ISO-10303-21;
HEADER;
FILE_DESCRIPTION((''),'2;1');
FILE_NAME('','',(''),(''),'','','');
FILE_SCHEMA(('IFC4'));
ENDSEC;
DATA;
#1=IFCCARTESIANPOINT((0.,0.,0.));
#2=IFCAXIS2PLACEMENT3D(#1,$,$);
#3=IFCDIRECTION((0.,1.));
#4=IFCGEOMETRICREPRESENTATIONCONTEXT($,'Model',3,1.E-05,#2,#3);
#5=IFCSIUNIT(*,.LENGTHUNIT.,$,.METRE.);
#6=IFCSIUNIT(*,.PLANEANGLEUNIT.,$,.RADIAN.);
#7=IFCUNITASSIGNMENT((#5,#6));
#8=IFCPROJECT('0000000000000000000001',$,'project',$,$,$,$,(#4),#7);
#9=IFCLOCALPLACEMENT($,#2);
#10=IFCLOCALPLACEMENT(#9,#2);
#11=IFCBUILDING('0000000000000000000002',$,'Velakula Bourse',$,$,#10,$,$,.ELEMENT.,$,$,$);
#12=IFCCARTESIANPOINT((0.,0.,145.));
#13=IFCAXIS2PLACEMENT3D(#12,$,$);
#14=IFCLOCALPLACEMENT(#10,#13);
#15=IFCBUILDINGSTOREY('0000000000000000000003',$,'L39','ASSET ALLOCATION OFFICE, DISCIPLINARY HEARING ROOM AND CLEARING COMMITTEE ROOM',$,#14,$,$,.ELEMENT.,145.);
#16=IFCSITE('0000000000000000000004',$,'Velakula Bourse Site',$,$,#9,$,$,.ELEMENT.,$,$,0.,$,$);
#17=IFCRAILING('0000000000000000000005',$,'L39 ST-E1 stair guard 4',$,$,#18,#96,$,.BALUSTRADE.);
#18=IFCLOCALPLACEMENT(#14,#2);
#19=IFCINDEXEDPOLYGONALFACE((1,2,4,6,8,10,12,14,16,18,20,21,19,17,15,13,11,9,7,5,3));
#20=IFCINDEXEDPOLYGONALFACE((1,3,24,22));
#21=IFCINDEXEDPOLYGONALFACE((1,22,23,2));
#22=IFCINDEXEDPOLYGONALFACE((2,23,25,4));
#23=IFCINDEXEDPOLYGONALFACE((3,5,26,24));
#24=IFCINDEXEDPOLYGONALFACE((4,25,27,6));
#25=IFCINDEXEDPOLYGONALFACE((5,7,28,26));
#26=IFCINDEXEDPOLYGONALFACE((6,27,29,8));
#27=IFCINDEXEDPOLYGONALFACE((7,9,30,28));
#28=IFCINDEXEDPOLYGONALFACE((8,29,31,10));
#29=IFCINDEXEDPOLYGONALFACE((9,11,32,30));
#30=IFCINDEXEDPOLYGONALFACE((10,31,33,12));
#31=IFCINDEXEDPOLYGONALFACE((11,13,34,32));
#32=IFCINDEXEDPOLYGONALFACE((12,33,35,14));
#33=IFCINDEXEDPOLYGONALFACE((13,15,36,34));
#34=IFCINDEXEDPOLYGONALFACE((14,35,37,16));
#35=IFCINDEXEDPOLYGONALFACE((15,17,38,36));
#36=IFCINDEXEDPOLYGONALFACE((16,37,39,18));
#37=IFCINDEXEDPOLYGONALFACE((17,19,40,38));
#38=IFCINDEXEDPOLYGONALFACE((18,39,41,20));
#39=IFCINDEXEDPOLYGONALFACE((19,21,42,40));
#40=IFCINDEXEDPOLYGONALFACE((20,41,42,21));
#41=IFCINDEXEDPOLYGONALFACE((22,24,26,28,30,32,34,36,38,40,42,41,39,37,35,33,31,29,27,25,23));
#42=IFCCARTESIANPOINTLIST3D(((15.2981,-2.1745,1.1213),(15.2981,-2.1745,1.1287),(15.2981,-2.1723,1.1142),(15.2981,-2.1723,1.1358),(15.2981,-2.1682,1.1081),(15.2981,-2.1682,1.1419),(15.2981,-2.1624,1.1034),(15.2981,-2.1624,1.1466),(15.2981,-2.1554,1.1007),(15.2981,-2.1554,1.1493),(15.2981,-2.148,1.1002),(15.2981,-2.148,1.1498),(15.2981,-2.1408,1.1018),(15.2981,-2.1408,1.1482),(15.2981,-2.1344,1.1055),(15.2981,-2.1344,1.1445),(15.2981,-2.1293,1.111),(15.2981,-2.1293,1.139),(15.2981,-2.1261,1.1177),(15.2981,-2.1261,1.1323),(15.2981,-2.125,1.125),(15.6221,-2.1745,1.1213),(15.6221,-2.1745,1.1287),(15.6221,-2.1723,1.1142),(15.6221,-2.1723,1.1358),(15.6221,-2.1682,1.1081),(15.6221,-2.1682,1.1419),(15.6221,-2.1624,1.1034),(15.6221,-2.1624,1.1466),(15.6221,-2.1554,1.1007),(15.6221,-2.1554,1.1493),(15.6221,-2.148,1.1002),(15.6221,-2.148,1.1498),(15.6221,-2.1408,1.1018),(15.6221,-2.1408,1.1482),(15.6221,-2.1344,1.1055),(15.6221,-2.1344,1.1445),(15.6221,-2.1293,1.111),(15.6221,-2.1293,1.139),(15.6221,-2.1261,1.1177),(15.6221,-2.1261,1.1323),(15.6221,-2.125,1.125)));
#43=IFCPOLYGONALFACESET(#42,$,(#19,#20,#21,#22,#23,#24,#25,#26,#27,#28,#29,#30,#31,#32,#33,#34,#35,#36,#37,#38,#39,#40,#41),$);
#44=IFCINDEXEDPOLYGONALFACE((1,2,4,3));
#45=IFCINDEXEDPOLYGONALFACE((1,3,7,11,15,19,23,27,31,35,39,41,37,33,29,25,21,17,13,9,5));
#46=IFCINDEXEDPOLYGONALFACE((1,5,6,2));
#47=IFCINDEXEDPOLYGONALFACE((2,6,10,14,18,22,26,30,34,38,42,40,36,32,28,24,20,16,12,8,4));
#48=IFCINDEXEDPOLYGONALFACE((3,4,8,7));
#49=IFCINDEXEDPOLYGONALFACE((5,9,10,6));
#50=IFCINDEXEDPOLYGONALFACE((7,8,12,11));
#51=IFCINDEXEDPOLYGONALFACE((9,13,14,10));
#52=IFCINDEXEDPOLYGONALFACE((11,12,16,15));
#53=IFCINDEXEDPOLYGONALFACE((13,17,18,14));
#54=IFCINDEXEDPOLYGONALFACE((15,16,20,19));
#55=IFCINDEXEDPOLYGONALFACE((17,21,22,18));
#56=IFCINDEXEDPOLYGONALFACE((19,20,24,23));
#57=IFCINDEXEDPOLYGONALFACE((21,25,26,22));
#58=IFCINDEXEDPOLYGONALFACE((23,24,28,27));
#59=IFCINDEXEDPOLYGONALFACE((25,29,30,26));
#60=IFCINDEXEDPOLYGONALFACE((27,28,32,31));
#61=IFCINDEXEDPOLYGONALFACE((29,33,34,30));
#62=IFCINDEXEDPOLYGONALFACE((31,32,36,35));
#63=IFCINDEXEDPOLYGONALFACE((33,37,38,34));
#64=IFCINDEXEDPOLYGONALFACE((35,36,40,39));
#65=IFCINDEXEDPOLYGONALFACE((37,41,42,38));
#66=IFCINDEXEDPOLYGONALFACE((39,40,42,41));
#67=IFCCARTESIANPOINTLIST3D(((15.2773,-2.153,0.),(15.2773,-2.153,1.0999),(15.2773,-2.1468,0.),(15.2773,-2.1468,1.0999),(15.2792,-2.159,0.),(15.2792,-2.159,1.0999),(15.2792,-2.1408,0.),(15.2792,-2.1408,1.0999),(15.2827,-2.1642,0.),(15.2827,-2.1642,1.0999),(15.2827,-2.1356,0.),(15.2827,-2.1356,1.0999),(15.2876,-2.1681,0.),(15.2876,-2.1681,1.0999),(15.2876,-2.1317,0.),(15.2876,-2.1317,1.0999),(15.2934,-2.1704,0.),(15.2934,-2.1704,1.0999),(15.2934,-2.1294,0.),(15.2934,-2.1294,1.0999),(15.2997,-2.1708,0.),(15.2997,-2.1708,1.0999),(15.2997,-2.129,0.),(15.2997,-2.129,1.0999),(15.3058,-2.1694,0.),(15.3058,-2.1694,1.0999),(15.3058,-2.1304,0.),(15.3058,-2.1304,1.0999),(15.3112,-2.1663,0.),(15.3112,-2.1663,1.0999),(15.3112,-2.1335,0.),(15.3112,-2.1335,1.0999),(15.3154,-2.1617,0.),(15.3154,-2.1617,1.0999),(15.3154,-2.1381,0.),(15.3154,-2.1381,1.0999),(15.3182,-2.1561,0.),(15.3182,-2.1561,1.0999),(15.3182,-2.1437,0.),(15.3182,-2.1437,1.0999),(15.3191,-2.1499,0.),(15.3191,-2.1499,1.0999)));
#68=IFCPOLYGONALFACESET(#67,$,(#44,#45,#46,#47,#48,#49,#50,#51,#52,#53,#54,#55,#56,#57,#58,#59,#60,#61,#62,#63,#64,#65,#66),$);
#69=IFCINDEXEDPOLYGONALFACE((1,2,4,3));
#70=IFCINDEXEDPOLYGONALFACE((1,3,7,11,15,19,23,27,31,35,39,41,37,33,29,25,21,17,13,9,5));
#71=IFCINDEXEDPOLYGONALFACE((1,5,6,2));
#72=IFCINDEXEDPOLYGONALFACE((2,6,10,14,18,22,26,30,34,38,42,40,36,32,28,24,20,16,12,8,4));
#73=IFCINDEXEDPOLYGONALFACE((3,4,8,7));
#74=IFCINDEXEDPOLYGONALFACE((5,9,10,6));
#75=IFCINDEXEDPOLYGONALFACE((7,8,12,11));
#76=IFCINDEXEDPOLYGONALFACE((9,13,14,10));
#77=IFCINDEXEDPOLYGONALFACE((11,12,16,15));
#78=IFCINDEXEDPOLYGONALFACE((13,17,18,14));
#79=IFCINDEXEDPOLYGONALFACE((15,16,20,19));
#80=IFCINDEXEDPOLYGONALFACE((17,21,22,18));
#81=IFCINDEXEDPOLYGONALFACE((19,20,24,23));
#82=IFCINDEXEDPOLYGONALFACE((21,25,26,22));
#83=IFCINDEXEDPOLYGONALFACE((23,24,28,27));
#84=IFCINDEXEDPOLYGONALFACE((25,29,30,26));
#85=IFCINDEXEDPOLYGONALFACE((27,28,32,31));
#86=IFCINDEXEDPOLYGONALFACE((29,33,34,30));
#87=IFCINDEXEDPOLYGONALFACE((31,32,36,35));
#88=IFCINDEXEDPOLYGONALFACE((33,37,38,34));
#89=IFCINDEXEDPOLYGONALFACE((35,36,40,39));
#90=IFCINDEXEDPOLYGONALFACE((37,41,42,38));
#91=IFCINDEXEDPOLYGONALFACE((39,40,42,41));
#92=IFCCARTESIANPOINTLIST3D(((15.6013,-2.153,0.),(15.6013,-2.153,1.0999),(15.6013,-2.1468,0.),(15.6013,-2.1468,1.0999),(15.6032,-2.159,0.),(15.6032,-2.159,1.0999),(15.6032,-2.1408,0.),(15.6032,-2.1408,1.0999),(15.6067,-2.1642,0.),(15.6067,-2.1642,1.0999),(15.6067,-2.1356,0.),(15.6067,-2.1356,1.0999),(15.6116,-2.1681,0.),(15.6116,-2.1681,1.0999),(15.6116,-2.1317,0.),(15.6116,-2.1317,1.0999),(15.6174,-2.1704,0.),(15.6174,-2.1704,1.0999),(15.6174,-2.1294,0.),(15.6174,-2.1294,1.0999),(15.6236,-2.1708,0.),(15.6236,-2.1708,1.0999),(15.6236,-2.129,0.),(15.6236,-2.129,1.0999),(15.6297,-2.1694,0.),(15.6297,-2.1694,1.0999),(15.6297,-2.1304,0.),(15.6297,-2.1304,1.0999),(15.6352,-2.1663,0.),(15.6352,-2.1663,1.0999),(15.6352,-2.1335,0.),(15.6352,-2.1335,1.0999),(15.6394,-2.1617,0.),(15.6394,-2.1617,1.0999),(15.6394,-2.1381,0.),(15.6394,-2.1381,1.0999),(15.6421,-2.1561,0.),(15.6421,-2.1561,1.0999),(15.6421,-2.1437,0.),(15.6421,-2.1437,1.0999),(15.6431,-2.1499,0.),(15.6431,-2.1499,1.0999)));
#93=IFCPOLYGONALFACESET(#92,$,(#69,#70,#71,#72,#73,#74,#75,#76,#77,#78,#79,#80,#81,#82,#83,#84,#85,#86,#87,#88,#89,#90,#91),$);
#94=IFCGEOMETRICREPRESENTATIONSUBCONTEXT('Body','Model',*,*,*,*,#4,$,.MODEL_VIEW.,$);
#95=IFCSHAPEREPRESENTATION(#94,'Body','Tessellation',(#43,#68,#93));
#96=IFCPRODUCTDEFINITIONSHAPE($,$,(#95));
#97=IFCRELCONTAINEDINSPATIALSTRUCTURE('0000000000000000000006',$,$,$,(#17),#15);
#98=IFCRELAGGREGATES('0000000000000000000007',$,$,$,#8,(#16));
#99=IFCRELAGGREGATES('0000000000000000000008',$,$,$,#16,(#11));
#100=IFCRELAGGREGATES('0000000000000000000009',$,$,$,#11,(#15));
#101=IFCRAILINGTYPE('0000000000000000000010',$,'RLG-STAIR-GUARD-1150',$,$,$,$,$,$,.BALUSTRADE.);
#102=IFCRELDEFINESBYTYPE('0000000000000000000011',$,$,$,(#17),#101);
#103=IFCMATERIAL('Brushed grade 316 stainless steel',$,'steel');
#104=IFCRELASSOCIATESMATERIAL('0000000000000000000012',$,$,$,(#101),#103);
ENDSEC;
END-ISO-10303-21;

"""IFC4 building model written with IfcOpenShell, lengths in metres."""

from ifc_helpers import new_model, si_unit, direction, frame, origin, origin_2d, place, context, subcontext, project, spatial, circle, extrude, material, type_object, element, save


model = new_model("IFC4")

# Units and contexts
model_context = context("Model", 3, precision=1e-05, world=origin(), true_north=direction((0.0, 1.0)))
body_context = subcontext(model_context, "Body", "Model", "MODEL_VIEW")
ifc_project = project(units=[si_unit("LENGTHUNIT", "METRE"), si_unit("PLANEANGLEUNIT", "RADIAN")], contexts=[model_context])

# Site, building, storey
site_placement = place(None, origin())
site = spatial("IfcSite", under=ifc_project, at=site_placement, Name="Velakula Bourse Site", CompositionType="ELEMENT", RefElevation=0.0)
building_placement = place(site_placement, origin())
building = spatial("IfcBuilding", under=site, at=building_placement, Name="Velakula Bourse", CompositionType="ELEMENT")
storey_placement = place(building_placement, frame((0.0, 0.0, 145.0)))
storey = spatial("IfcBuildingStorey", under=building, at=storey_placement, Name="L39", Description="ASSET ALLOCATION OFFICE, DISCIPLINARY HEARING ROOM AND CLEARING COMMITTEE ROOM", CompositionType="ELEMENT", Elevation=145.0)

# Shared definitions
ifc_material_1 = material(Name="Brushed grade 316 stainless steel", Category="steel")

# Railing
railing_type_1 = type_object("IfcRailingType", Name="RLG-STAIR-GUARD-1150", PredefinedType="BALUSTRADE", material=ifc_material_1)
railing_1_placement = place(storey_placement, frame((15.2981, -2.1499, 0.0)))
element("IfcRailing", 1, at=railing_1_placement, inside=storey, type_object=railing_type_1, Name="L39 ST-E1 stair guard 4", PredefinedType="BALUSTRADE", context=body_context, shape_type="SweptSolid", body=[
    extrude(circle(Radius=0.0249, at=origin_2d()), frame((0.0, 0.0, 1.125), z_axis=(1.0, 0.0, 0.0), x_axis=(0.0, 1.0, 0.0)), (0.0, 0.0, 1.0), 0.324),
    extrude(circle(Radius=0.021, at=origin_2d()), origin(), (0.0, 0.0, 1.0), 1.0999),
    extrude(circle(Radius=0.021, at=origin_2d()), frame((0.324, 0.0, 0.0)), (0.0, 0.0, 1.0), 1.0999),
])

save(model, "model.ifc")
